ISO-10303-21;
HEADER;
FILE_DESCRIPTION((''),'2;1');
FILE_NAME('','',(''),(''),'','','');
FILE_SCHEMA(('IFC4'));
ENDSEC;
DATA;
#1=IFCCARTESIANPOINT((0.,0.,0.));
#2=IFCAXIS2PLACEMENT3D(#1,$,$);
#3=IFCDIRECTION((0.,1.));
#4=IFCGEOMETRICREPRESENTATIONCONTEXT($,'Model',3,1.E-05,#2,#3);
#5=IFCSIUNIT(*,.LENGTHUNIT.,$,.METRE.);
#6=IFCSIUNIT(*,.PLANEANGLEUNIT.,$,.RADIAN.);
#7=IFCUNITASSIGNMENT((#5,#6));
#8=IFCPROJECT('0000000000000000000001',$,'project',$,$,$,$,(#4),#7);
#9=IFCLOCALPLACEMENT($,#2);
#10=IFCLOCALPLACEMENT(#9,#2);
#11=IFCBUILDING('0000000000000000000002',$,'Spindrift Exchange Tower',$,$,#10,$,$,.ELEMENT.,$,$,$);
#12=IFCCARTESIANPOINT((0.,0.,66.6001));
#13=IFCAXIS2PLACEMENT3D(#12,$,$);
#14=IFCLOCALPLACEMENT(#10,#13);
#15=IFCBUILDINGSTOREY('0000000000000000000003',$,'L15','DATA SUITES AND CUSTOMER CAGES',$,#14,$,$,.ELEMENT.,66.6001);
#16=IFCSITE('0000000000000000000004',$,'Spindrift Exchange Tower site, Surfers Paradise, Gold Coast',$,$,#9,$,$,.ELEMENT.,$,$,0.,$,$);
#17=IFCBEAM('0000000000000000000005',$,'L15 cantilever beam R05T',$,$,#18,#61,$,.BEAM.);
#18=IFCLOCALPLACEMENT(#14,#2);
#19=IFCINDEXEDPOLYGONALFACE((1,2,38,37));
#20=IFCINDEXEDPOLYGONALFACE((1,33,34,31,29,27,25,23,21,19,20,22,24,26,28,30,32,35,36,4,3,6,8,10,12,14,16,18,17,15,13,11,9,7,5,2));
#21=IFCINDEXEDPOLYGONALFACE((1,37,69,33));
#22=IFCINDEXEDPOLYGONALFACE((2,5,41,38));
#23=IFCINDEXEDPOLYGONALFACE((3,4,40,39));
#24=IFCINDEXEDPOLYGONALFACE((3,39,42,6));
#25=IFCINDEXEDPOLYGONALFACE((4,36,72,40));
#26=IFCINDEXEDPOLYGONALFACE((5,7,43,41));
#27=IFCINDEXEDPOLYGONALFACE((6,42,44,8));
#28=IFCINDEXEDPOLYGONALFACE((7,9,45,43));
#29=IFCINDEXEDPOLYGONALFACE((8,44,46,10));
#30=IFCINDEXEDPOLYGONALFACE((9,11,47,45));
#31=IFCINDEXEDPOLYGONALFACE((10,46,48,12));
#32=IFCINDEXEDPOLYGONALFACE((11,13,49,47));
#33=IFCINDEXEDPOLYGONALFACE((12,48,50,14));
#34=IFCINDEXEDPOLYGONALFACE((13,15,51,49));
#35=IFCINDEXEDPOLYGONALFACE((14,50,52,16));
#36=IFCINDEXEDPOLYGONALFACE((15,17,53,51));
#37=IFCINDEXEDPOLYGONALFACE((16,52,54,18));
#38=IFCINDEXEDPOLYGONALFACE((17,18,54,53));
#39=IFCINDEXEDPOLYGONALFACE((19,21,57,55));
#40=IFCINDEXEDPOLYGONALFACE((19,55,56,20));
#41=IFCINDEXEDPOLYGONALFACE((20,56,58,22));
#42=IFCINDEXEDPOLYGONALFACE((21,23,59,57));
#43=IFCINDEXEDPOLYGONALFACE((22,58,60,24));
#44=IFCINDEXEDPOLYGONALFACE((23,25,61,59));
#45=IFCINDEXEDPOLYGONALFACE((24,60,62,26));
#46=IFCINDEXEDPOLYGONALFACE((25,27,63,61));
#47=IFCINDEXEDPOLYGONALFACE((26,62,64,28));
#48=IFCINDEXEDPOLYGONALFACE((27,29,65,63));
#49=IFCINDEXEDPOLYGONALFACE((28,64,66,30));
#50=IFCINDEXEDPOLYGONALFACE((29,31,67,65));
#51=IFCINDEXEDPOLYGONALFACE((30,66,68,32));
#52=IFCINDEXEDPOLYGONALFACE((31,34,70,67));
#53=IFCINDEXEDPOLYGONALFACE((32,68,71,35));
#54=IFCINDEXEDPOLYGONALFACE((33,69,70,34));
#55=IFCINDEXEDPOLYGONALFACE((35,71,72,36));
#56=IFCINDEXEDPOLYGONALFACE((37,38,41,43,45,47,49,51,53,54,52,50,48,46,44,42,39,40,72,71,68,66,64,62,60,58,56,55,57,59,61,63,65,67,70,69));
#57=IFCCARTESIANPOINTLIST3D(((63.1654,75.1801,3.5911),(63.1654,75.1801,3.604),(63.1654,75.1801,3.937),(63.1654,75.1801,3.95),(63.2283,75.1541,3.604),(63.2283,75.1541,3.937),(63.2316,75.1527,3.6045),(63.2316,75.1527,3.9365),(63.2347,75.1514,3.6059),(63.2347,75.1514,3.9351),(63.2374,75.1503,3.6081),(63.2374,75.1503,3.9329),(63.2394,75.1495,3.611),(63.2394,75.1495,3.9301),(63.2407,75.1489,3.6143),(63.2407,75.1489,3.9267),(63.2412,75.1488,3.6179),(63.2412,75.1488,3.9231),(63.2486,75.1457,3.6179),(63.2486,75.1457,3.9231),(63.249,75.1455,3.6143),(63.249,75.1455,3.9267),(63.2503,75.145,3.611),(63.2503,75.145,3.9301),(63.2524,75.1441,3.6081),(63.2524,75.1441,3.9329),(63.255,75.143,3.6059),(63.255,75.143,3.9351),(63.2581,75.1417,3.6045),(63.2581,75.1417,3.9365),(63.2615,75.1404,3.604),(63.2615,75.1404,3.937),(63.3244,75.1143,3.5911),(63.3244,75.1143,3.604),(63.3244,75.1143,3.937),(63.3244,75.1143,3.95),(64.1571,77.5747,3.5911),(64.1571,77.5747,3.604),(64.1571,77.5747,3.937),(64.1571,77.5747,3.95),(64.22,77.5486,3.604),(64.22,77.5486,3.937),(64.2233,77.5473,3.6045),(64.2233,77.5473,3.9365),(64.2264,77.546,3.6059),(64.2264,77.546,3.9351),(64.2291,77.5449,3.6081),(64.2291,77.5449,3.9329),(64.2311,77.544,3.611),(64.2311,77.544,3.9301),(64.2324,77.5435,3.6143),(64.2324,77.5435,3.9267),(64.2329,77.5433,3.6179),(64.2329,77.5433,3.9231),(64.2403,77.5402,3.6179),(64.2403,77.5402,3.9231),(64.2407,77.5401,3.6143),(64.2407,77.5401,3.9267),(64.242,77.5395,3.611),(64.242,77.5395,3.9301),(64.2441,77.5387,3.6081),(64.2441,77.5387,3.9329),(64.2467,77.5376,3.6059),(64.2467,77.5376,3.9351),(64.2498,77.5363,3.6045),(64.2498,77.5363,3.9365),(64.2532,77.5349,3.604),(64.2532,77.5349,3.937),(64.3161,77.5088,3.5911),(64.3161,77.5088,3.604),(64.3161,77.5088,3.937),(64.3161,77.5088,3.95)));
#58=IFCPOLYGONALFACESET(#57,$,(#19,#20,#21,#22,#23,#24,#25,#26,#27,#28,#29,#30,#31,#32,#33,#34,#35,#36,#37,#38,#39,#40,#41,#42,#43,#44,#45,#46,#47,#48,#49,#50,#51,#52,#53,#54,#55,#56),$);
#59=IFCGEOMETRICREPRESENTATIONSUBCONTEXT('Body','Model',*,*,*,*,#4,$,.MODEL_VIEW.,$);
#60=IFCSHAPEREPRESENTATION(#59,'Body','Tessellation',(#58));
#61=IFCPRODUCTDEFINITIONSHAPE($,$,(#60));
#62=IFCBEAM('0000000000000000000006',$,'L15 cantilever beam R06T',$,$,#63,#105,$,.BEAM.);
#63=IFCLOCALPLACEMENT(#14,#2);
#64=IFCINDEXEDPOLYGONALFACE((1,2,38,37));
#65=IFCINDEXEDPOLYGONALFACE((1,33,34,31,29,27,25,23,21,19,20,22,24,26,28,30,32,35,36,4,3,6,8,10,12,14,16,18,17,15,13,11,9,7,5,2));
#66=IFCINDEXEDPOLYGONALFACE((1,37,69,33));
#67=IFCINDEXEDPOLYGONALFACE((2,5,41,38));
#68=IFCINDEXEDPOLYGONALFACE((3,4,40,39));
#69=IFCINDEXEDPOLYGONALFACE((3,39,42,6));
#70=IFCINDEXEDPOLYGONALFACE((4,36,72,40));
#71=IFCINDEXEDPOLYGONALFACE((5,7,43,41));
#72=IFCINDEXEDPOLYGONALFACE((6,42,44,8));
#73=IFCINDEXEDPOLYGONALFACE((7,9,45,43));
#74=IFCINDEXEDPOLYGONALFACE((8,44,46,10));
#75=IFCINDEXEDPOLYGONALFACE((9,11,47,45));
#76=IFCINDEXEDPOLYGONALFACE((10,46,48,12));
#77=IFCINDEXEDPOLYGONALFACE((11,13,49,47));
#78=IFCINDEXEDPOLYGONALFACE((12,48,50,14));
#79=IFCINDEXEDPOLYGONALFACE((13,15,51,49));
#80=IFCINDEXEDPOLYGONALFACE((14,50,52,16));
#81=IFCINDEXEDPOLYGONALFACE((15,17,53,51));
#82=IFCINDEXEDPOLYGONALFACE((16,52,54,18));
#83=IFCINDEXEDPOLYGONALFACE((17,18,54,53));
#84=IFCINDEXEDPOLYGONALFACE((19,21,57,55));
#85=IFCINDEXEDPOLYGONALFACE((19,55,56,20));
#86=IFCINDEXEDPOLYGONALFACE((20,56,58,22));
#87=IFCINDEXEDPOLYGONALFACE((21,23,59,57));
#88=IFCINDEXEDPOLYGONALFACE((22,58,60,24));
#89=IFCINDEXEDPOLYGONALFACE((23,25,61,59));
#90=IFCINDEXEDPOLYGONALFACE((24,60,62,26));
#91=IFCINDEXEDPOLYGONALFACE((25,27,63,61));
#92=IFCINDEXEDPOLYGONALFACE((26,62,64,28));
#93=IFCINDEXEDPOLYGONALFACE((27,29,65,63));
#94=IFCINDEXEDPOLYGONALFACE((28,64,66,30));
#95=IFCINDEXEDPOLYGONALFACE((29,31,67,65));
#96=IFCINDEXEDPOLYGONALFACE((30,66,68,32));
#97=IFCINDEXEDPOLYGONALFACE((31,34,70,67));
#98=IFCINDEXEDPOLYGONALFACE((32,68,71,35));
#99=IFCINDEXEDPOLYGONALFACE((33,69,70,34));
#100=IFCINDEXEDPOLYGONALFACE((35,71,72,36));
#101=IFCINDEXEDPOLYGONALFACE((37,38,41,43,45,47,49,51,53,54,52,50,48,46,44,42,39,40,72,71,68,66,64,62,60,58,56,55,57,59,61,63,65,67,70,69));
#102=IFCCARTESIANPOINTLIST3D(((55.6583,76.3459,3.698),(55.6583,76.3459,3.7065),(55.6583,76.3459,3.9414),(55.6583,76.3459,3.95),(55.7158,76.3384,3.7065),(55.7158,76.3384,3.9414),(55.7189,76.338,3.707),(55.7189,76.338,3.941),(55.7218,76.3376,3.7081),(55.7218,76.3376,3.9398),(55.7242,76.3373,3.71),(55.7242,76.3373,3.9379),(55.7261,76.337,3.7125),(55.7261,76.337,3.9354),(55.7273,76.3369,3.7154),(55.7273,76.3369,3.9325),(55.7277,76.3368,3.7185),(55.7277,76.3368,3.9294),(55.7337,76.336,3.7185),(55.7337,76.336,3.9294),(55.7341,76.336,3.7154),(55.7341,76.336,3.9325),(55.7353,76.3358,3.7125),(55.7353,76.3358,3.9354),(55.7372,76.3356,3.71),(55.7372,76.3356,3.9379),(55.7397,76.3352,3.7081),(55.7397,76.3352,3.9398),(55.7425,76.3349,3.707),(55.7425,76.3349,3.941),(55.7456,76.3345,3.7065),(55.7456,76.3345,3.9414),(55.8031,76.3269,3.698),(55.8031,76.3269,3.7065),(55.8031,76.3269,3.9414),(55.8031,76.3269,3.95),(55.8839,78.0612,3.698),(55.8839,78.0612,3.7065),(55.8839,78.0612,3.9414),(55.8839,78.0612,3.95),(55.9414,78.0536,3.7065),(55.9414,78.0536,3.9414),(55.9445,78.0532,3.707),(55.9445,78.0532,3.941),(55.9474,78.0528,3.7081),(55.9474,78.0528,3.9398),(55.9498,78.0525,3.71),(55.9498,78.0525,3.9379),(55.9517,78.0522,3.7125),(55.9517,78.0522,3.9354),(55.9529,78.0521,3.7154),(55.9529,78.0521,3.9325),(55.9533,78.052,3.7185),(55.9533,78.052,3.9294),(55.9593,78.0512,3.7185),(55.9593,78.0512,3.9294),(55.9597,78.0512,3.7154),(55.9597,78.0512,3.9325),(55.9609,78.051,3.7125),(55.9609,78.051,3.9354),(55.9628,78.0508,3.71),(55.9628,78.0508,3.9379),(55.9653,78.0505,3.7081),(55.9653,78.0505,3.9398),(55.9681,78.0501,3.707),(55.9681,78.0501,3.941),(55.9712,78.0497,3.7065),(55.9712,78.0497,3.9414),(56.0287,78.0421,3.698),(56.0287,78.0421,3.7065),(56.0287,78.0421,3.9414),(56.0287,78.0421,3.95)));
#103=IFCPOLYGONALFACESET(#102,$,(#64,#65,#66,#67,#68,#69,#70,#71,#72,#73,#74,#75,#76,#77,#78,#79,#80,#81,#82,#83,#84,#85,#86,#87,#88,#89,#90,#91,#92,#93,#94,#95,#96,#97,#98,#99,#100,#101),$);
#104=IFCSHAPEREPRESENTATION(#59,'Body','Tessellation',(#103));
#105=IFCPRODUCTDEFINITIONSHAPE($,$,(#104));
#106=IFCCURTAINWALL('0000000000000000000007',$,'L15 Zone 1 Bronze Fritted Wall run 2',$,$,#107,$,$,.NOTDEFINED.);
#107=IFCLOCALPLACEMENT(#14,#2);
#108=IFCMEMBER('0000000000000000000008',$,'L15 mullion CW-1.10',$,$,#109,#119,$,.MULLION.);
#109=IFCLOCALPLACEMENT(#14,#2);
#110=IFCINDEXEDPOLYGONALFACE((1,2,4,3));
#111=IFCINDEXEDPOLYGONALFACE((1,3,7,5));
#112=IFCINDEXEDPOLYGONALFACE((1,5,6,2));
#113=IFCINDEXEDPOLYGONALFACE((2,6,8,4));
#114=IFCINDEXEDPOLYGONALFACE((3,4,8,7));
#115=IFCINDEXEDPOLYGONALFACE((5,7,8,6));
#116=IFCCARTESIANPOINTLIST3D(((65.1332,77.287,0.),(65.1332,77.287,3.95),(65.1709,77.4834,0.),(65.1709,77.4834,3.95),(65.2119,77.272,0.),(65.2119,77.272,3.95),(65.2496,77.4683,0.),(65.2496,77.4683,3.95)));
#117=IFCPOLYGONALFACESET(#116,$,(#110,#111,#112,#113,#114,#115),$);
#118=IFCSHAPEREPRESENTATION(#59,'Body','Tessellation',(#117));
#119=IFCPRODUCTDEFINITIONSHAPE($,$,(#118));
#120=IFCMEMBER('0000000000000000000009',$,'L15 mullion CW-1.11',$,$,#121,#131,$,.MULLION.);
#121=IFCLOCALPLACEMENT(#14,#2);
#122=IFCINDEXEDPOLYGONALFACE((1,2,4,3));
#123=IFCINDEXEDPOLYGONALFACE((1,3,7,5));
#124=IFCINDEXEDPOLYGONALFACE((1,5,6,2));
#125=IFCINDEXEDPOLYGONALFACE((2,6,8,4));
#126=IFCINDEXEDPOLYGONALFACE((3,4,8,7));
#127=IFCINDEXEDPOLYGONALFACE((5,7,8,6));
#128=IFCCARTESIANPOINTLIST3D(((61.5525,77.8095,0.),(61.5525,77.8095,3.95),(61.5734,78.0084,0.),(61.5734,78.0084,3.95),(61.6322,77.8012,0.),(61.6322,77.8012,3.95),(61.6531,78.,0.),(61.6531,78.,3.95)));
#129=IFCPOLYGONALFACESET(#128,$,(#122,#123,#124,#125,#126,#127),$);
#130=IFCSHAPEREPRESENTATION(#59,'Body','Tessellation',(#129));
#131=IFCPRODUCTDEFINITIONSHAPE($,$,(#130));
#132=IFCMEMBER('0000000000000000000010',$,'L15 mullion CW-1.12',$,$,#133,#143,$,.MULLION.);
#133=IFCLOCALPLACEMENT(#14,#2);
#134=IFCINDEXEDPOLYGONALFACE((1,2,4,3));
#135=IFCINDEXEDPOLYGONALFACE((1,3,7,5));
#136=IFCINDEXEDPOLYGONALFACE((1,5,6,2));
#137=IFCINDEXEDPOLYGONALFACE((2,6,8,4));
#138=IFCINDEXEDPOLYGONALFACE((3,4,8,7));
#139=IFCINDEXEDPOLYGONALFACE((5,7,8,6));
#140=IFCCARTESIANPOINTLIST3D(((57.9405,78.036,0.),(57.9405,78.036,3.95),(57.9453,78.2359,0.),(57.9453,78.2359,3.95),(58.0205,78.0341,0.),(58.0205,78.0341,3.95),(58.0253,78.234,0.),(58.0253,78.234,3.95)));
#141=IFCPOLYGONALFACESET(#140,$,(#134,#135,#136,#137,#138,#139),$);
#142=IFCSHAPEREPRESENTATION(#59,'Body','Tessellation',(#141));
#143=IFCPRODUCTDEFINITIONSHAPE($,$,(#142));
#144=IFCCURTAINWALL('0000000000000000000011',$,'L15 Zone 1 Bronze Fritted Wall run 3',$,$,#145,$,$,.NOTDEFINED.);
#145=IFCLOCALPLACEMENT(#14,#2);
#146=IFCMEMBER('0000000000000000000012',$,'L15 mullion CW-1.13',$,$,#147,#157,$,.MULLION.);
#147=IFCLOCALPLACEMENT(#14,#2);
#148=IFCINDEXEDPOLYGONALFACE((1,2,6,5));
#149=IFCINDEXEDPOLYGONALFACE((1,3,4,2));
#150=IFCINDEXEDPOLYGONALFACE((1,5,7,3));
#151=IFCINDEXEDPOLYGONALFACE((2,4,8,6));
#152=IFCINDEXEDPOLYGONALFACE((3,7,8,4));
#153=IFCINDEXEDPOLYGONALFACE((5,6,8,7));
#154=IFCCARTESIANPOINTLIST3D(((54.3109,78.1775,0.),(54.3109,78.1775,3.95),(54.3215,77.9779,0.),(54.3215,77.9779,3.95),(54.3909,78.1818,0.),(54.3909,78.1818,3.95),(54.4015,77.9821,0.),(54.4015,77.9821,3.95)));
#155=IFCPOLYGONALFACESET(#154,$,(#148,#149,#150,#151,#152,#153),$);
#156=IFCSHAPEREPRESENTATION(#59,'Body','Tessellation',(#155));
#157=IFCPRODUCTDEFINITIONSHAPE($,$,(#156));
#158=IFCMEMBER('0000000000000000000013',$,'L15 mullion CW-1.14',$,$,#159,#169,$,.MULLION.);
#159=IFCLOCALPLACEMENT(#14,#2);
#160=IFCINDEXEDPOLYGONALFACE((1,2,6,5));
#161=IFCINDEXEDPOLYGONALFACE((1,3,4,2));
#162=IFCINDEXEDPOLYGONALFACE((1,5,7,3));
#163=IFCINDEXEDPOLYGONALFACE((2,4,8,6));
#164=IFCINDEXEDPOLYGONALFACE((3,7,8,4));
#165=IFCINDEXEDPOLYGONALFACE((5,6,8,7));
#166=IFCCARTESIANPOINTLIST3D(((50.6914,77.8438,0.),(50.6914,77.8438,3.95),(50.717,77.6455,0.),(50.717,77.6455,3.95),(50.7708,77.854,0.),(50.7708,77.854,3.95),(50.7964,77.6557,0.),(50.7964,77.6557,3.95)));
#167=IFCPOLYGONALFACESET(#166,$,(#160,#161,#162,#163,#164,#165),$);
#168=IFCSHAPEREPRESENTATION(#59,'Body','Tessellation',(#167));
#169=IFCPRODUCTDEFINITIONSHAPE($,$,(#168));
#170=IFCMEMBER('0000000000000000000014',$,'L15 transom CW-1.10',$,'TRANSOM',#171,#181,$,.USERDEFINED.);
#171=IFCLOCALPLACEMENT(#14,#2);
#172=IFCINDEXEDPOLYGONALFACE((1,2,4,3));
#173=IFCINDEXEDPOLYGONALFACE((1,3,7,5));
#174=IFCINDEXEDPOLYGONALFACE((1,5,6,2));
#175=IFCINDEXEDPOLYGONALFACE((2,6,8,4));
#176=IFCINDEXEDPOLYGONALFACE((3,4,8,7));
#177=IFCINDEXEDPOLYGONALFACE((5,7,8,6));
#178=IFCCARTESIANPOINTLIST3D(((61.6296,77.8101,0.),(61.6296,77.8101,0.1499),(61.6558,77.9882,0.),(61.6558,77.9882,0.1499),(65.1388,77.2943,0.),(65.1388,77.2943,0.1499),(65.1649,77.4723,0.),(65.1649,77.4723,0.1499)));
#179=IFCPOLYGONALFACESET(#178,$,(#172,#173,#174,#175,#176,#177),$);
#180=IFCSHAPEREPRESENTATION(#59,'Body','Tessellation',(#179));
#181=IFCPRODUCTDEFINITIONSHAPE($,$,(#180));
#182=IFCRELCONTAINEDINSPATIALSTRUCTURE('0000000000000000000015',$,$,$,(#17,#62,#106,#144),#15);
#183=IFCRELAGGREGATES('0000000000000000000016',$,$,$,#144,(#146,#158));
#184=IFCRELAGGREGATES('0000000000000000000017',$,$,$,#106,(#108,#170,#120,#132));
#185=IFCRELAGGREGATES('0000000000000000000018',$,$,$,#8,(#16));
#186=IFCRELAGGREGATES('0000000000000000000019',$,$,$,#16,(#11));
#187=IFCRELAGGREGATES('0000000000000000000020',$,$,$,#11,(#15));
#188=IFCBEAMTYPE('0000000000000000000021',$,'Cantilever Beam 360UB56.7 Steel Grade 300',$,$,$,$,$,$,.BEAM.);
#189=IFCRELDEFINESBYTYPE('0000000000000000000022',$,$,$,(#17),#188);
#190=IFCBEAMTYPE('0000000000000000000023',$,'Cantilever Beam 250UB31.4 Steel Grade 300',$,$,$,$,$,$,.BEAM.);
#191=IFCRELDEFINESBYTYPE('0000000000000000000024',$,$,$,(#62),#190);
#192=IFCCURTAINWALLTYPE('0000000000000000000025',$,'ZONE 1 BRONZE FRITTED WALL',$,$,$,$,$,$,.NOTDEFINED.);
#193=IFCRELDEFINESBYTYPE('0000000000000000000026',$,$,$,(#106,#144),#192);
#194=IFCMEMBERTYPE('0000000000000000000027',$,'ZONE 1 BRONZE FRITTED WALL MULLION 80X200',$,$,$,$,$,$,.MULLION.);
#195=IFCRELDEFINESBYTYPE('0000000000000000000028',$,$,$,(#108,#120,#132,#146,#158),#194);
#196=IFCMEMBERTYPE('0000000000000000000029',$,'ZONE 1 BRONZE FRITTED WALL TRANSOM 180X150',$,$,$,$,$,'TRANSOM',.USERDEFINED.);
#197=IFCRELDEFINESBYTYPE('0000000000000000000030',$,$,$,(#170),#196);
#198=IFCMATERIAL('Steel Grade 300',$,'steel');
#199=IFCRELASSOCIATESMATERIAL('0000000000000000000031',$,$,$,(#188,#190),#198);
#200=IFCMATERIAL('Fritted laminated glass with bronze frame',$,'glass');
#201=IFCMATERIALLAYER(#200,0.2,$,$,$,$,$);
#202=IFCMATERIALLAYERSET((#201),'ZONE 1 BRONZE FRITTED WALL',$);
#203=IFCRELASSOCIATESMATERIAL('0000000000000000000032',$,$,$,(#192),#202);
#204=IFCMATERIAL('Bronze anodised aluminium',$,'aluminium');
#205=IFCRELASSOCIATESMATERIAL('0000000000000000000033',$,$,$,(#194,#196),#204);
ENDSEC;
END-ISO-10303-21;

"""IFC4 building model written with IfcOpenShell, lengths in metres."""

from ifc_helpers import new_model, si_unit, direction, frame, origin, origin_2d, place, context, subcontext, project, spatial, rectangle, i_section, extrude, source, transform, mapped, material, layer, layer_set, material_profile, profile_set, type_object, element, aggregate, save


model = new_model("IFC4")

# Units and contexts
model_context = context("Model", 3, precision=1e-05, world=origin(), true_north=direction((0.0, 1.0)))
body_context = subcontext(model_context, "Body", "Model", "MODEL_VIEW")
ifc_project = project(units=[si_unit("LENGTHUNIT", "METRE"), si_unit("PLANEANGLEUNIT", "RADIAN")], contexts=[model_context])

# Site, building, storey
site_placement = place(None, origin())
site = spatial("IfcSite", under=ifc_project, at=site_placement, Name="Spindrift Exchange Tower site, Surfers Paradise, Gold Coast", CompositionType="ELEMENT", RefElevation=0.0)
building_placement = place(site_placement, origin())
building = spatial("IfcBuilding", under=site, at=building_placement, Name="Spindrift Exchange Tower", CompositionType="ELEMENT")
storey_placement = place(building_placement, frame((0.0, 0.0, 66.6001)))
storey = spatial("IfcBuildingStorey", under=building, at=storey_placement, Name="L15", Description="DATA SUITES AND CUSTOMER CAGES", CompositionType="ELEMENT", Elevation=66.6001)

# Beams
ifc_material_1 = material(Name="Steel Grade 300", Category="steel")
ifc_material_profile_1 = material_profile(ifc_material_1, i_section(OverallWidth=0.1721, OverallDepth=0.3589, WebThickness=0.0081, FlangeThickness=0.0129, FilletRadius=0.0139, at=origin_2d()), Name="360UB56.7")
ifc_profile_set_1 = profile_set([ifc_material_profile_1], Name="Steel Grade 300")
beam_type_1 = type_object("IfcBeamType", Name="Cantilever Beam 360UB56.7 Steel Grade 300", PredefinedType="BEAM", material=ifc_profile_set_1)
shared_shape_1 = source(origin(), body_context, "Body", "SweptSolid", [
    extrude(i_section(OverallWidth=0.1721, OverallDepth=0.3589, WebThickness=0.0081, FlangeThickness=0.0129, FilletRadius=0.0139, at=origin_2d()), origin(), (0.0, 0.0, 1.0), 2.5918),
])
beam_1_placement = place(storey_placement, frame((63.2449, 75.1472, 3.7705), z_axis=(0.382635, 0.9239, 0.0), x_axis=(-0.9239, 0.382635, 0.0)))
element("IfcBeam", 1, at=beam_1_placement, inside=storey, type_object=beam_type_1, Name="L15 cantilever beam R05T", PredefinedType="BEAM", context=body_context, shape_type="MappedRepresentation", body=[
    mapped(shared_shape_1, transform((0.0, 0.0, 0.0), scale=1.0)),
])
ifc_material_profile_2 = material_profile(ifc_material_1, i_section(OverallWidth=0.146, OverallDepth=0.252, WebThickness=0.0061, FlangeThickness=0.0085, FilletRadius=0.012, at=origin_2d()), Name="250UB31.4")
ifc_profile_set_2 = profile_set([ifc_material_profile_2], Name="Steel Grade 300")
beam_type_2 = type_object("IfcBeamType", Name="Cantilever Beam 250UB31.4 Steel Grade 300", PredefinedType="BEAM", material=ifc_profile_set_2)
shared_shape_2 = source(origin(), body_context, "Body", "SweptSolid", [
    extrude(i_section(OverallWidth=0.146, OverallDepth=0.252, WebThickness=0.0061, FlangeThickness=0.0085, FilletRadius=0.012, at=origin_2d()), origin(), (0.0, 0.0, 1.0), 1.73),
])
beam_2_placement = place(storey_placement, frame((55.7307, 76.3364, 3.824), z_axis=(0.130407, 0.991461, 0.0), x_axis=(-0.991461, 0.130407, 0.0)))
element("IfcBeam", 2, at=beam_2_placement, inside=storey, type_object=beam_type_2, Name="L15 cantilever beam R06T", PredefinedType="BEAM", context=body_context, shape_type="MappedRepresentation", body=[
    mapped(shared_shape_2, transform((0.0, 0.0, 0.0), scale=1.0)),
])

# Curtain walls, members
ifc_material_2 = material(Name="Fritted laminated glass with bronze frame", Category="glass")
ifc_layer_1 = layer(ifc_material_2, 0.2)
ifc_layer_set_1 = layer_set([ifc_layer_1], Name="ZONE 1 BRONZE FRITTED WALL")
curtain_wall_type = type_object("IfcCurtainWallType", Name="ZONE 1 BRONZE FRITTED WALL", PredefinedType="NOTDEFINED", material=ifc_layer_set_1)
curtain_wall_1_placement = place(storey_placement, origin())
curtain_wall_1 = element("IfcCurtainWall", 3, at=curtain_wall_1_placement, inside=storey, type_object=curtain_wall_type, Name="L15 Zone 1 Bronze Fritted Wall run 2", PredefinedType="NOTDEFINED")
ifc_material_3 = material(Name="Bronze anodised aluminium", Category="aluminium")
ifc_material_profile_3 = material_profile(ifc_material_3, rectangle(XDim=0.0801, YDim=0.2, at=origin_2d()), Name="ZONE 1 BRONZE FRITTED WALL MULLION 80X200")
ifc_profile_set_3 = profile_set([ifc_material_profile_3], Name="Bronze anodised aluminium")
member_type_1 = type_object("IfcMemberType", Name="ZONE 1 BRONZE FRITTED WALL MULLION 80X200", PredefinedType="MULLION", material=ifc_profile_set_3)
shared_shape_3 = source(origin(), body_context, "Body", "SweptSolid", [
    extrude(rectangle(XDim=0.0801, YDim=0.2, at=origin_2d()), origin(), (0.0, 0.0, 1.0), 3.95),
])
member_1_placement = place(storey_placement, frame((65.1914, 77.3777, 0.0), z_axis=(0.0, 0.0, 1.0), x_axis=(-0.982089, 0.188418, 0.0)))
member_1 = element("IfcMember", 4, at=member_1_placement, type_object=member_type_1, Name="L15 mullion CW-1.10", PredefinedType="MULLION", context=body_context, shape_type="MappedRepresentation", body=[
    mapped(shared_shape_3, transform((0.0, 0.0, 0.0), scale=1.0)),
])
member_2_placement = place(storey_placement, frame((61.6028, 77.9048, 0.0), z_axis=(0.0, 0.0, 1.0), x_axis=(-0.994525, 0.104496, 0.0)))
member_2 = element("IfcMember", 5, at=member_2_placement, type_object=member_type_1, Name="L15 mullion CW-1.11", PredefinedType="MULLION", context=body_context, shape_type="MappedRepresentation", body=[
    mapped(shared_shape_3, transform((0.0, 0.0, 0.0), scale=1.0)),
])
member_3_placement = place(storey_placement, frame((57.9829, 78.135, 0.0), z_axis=(0.0, 0.0, 1.0), x_axis=(-0.999709, 0.024128, 0.0)))
member_3 = element("IfcMember", 6, at=member_3_placement, type_object=member_type_1, Name="L15 mullion CW-1.12", PredefinedType="MULLION", context=body_context, shape_type="MappedRepresentation", body=[
    mapped(shared_shape_3, transform((0.0, 0.0, 0.0), scale=1.0)),
])
curtain_wall_2_placement = place(storey_placement, origin())
curtain_wall_2 = element("IfcCurtainWall", 7, at=curtain_wall_2_placement, inside=storey, type_object=curtain_wall_type, Name="L15 Zone 1 Bronze Fritted Wall run 3", PredefinedType="NOTDEFINED")
member_4_placement = place(storey_placement, frame((54.3562, 78.0798, 0.0), z_axis=(0.0, 0.0, 1.0), x_axis=(-0.998587, -0.053149, 0.0)))
member_4 = element("IfcMember", 8, at=member_4_placement, type_object=member_type_1, Name="L15 mullion CW-1.13", PredefinedType="MULLION", context=body_context, shape_type="MappedRepresentation", body=[
    mapped(shared_shape_3, transform((0.0, 0.0, 0.0), scale=1.0)),
])
member_5_placement = place(storey_placement, frame((50.7439, 77.7498, 0.0), z_axis=(0.0, 0.0, 1.0), x_axis=(-0.991795, -0.127838, 0.0)))
member_5 = element("IfcMember", 9, at=member_5_placement, type_object=member_type_1, Name="L15 mullion CW-1.14", PredefinedType="MULLION", context=body_context, shape_type="MappedRepresentation", body=[
    mapped(shared_shape_3, transform((0.0, 0.0, 0.0), scale=1.0)),
])

# Member
ifc_material_profile_4 = material_profile(ifc_material_3, rectangle(XDim=0.1799, YDim=0.1499, at=origin_2d()), Name="ZONE 1 BRONZE FRITTED WALL TRANSOM 180X150")
ifc_profile_set_4 = profile_set([ifc_material_profile_4], Name="Bronze anodised aluminium")
member_type_2 = type_object("IfcMemberType", Name="ZONE 1 BRONZE FRITTED WALL TRANSOM 180X150", ElementType="TRANSOM", PredefinedType="USERDEFINED", material=ifc_profile_set_4)
shared_shape_4 = source(origin(), body_context, "Body", "SweptSolid", [
    extrude(rectangle(XDim=0.1799, YDim=0.1499, at=origin_2d()), origin(), (0.0, 0.0, 1.0), 3.5469),
])
member_6_placement = place(storey_placement, frame((65.1519, 77.3833, 0.075), z_axis=(-0.989367, 0.145439, 0.0), x_axis=(-0.145439, -0.989367, 0.0)))
member_6 = element("IfcMember", 10, at=member_6_placement, type_object=member_type_2, Name="L15 transom CW-1.10", ObjectType="TRANSOM", PredefinedType="USERDEFINED", context=body_context, shape_type="MappedRepresentation", body=[
    mapped(shared_shape_4, transform((0.0, 0.0, 0.0), scale=1.0)),
])

aggregate(curtain_wall_2, [member_4, member_5])
aggregate(curtain_wall_1, [member_1, member_6, member_2, member_3])

save(model, "model.ifc")
